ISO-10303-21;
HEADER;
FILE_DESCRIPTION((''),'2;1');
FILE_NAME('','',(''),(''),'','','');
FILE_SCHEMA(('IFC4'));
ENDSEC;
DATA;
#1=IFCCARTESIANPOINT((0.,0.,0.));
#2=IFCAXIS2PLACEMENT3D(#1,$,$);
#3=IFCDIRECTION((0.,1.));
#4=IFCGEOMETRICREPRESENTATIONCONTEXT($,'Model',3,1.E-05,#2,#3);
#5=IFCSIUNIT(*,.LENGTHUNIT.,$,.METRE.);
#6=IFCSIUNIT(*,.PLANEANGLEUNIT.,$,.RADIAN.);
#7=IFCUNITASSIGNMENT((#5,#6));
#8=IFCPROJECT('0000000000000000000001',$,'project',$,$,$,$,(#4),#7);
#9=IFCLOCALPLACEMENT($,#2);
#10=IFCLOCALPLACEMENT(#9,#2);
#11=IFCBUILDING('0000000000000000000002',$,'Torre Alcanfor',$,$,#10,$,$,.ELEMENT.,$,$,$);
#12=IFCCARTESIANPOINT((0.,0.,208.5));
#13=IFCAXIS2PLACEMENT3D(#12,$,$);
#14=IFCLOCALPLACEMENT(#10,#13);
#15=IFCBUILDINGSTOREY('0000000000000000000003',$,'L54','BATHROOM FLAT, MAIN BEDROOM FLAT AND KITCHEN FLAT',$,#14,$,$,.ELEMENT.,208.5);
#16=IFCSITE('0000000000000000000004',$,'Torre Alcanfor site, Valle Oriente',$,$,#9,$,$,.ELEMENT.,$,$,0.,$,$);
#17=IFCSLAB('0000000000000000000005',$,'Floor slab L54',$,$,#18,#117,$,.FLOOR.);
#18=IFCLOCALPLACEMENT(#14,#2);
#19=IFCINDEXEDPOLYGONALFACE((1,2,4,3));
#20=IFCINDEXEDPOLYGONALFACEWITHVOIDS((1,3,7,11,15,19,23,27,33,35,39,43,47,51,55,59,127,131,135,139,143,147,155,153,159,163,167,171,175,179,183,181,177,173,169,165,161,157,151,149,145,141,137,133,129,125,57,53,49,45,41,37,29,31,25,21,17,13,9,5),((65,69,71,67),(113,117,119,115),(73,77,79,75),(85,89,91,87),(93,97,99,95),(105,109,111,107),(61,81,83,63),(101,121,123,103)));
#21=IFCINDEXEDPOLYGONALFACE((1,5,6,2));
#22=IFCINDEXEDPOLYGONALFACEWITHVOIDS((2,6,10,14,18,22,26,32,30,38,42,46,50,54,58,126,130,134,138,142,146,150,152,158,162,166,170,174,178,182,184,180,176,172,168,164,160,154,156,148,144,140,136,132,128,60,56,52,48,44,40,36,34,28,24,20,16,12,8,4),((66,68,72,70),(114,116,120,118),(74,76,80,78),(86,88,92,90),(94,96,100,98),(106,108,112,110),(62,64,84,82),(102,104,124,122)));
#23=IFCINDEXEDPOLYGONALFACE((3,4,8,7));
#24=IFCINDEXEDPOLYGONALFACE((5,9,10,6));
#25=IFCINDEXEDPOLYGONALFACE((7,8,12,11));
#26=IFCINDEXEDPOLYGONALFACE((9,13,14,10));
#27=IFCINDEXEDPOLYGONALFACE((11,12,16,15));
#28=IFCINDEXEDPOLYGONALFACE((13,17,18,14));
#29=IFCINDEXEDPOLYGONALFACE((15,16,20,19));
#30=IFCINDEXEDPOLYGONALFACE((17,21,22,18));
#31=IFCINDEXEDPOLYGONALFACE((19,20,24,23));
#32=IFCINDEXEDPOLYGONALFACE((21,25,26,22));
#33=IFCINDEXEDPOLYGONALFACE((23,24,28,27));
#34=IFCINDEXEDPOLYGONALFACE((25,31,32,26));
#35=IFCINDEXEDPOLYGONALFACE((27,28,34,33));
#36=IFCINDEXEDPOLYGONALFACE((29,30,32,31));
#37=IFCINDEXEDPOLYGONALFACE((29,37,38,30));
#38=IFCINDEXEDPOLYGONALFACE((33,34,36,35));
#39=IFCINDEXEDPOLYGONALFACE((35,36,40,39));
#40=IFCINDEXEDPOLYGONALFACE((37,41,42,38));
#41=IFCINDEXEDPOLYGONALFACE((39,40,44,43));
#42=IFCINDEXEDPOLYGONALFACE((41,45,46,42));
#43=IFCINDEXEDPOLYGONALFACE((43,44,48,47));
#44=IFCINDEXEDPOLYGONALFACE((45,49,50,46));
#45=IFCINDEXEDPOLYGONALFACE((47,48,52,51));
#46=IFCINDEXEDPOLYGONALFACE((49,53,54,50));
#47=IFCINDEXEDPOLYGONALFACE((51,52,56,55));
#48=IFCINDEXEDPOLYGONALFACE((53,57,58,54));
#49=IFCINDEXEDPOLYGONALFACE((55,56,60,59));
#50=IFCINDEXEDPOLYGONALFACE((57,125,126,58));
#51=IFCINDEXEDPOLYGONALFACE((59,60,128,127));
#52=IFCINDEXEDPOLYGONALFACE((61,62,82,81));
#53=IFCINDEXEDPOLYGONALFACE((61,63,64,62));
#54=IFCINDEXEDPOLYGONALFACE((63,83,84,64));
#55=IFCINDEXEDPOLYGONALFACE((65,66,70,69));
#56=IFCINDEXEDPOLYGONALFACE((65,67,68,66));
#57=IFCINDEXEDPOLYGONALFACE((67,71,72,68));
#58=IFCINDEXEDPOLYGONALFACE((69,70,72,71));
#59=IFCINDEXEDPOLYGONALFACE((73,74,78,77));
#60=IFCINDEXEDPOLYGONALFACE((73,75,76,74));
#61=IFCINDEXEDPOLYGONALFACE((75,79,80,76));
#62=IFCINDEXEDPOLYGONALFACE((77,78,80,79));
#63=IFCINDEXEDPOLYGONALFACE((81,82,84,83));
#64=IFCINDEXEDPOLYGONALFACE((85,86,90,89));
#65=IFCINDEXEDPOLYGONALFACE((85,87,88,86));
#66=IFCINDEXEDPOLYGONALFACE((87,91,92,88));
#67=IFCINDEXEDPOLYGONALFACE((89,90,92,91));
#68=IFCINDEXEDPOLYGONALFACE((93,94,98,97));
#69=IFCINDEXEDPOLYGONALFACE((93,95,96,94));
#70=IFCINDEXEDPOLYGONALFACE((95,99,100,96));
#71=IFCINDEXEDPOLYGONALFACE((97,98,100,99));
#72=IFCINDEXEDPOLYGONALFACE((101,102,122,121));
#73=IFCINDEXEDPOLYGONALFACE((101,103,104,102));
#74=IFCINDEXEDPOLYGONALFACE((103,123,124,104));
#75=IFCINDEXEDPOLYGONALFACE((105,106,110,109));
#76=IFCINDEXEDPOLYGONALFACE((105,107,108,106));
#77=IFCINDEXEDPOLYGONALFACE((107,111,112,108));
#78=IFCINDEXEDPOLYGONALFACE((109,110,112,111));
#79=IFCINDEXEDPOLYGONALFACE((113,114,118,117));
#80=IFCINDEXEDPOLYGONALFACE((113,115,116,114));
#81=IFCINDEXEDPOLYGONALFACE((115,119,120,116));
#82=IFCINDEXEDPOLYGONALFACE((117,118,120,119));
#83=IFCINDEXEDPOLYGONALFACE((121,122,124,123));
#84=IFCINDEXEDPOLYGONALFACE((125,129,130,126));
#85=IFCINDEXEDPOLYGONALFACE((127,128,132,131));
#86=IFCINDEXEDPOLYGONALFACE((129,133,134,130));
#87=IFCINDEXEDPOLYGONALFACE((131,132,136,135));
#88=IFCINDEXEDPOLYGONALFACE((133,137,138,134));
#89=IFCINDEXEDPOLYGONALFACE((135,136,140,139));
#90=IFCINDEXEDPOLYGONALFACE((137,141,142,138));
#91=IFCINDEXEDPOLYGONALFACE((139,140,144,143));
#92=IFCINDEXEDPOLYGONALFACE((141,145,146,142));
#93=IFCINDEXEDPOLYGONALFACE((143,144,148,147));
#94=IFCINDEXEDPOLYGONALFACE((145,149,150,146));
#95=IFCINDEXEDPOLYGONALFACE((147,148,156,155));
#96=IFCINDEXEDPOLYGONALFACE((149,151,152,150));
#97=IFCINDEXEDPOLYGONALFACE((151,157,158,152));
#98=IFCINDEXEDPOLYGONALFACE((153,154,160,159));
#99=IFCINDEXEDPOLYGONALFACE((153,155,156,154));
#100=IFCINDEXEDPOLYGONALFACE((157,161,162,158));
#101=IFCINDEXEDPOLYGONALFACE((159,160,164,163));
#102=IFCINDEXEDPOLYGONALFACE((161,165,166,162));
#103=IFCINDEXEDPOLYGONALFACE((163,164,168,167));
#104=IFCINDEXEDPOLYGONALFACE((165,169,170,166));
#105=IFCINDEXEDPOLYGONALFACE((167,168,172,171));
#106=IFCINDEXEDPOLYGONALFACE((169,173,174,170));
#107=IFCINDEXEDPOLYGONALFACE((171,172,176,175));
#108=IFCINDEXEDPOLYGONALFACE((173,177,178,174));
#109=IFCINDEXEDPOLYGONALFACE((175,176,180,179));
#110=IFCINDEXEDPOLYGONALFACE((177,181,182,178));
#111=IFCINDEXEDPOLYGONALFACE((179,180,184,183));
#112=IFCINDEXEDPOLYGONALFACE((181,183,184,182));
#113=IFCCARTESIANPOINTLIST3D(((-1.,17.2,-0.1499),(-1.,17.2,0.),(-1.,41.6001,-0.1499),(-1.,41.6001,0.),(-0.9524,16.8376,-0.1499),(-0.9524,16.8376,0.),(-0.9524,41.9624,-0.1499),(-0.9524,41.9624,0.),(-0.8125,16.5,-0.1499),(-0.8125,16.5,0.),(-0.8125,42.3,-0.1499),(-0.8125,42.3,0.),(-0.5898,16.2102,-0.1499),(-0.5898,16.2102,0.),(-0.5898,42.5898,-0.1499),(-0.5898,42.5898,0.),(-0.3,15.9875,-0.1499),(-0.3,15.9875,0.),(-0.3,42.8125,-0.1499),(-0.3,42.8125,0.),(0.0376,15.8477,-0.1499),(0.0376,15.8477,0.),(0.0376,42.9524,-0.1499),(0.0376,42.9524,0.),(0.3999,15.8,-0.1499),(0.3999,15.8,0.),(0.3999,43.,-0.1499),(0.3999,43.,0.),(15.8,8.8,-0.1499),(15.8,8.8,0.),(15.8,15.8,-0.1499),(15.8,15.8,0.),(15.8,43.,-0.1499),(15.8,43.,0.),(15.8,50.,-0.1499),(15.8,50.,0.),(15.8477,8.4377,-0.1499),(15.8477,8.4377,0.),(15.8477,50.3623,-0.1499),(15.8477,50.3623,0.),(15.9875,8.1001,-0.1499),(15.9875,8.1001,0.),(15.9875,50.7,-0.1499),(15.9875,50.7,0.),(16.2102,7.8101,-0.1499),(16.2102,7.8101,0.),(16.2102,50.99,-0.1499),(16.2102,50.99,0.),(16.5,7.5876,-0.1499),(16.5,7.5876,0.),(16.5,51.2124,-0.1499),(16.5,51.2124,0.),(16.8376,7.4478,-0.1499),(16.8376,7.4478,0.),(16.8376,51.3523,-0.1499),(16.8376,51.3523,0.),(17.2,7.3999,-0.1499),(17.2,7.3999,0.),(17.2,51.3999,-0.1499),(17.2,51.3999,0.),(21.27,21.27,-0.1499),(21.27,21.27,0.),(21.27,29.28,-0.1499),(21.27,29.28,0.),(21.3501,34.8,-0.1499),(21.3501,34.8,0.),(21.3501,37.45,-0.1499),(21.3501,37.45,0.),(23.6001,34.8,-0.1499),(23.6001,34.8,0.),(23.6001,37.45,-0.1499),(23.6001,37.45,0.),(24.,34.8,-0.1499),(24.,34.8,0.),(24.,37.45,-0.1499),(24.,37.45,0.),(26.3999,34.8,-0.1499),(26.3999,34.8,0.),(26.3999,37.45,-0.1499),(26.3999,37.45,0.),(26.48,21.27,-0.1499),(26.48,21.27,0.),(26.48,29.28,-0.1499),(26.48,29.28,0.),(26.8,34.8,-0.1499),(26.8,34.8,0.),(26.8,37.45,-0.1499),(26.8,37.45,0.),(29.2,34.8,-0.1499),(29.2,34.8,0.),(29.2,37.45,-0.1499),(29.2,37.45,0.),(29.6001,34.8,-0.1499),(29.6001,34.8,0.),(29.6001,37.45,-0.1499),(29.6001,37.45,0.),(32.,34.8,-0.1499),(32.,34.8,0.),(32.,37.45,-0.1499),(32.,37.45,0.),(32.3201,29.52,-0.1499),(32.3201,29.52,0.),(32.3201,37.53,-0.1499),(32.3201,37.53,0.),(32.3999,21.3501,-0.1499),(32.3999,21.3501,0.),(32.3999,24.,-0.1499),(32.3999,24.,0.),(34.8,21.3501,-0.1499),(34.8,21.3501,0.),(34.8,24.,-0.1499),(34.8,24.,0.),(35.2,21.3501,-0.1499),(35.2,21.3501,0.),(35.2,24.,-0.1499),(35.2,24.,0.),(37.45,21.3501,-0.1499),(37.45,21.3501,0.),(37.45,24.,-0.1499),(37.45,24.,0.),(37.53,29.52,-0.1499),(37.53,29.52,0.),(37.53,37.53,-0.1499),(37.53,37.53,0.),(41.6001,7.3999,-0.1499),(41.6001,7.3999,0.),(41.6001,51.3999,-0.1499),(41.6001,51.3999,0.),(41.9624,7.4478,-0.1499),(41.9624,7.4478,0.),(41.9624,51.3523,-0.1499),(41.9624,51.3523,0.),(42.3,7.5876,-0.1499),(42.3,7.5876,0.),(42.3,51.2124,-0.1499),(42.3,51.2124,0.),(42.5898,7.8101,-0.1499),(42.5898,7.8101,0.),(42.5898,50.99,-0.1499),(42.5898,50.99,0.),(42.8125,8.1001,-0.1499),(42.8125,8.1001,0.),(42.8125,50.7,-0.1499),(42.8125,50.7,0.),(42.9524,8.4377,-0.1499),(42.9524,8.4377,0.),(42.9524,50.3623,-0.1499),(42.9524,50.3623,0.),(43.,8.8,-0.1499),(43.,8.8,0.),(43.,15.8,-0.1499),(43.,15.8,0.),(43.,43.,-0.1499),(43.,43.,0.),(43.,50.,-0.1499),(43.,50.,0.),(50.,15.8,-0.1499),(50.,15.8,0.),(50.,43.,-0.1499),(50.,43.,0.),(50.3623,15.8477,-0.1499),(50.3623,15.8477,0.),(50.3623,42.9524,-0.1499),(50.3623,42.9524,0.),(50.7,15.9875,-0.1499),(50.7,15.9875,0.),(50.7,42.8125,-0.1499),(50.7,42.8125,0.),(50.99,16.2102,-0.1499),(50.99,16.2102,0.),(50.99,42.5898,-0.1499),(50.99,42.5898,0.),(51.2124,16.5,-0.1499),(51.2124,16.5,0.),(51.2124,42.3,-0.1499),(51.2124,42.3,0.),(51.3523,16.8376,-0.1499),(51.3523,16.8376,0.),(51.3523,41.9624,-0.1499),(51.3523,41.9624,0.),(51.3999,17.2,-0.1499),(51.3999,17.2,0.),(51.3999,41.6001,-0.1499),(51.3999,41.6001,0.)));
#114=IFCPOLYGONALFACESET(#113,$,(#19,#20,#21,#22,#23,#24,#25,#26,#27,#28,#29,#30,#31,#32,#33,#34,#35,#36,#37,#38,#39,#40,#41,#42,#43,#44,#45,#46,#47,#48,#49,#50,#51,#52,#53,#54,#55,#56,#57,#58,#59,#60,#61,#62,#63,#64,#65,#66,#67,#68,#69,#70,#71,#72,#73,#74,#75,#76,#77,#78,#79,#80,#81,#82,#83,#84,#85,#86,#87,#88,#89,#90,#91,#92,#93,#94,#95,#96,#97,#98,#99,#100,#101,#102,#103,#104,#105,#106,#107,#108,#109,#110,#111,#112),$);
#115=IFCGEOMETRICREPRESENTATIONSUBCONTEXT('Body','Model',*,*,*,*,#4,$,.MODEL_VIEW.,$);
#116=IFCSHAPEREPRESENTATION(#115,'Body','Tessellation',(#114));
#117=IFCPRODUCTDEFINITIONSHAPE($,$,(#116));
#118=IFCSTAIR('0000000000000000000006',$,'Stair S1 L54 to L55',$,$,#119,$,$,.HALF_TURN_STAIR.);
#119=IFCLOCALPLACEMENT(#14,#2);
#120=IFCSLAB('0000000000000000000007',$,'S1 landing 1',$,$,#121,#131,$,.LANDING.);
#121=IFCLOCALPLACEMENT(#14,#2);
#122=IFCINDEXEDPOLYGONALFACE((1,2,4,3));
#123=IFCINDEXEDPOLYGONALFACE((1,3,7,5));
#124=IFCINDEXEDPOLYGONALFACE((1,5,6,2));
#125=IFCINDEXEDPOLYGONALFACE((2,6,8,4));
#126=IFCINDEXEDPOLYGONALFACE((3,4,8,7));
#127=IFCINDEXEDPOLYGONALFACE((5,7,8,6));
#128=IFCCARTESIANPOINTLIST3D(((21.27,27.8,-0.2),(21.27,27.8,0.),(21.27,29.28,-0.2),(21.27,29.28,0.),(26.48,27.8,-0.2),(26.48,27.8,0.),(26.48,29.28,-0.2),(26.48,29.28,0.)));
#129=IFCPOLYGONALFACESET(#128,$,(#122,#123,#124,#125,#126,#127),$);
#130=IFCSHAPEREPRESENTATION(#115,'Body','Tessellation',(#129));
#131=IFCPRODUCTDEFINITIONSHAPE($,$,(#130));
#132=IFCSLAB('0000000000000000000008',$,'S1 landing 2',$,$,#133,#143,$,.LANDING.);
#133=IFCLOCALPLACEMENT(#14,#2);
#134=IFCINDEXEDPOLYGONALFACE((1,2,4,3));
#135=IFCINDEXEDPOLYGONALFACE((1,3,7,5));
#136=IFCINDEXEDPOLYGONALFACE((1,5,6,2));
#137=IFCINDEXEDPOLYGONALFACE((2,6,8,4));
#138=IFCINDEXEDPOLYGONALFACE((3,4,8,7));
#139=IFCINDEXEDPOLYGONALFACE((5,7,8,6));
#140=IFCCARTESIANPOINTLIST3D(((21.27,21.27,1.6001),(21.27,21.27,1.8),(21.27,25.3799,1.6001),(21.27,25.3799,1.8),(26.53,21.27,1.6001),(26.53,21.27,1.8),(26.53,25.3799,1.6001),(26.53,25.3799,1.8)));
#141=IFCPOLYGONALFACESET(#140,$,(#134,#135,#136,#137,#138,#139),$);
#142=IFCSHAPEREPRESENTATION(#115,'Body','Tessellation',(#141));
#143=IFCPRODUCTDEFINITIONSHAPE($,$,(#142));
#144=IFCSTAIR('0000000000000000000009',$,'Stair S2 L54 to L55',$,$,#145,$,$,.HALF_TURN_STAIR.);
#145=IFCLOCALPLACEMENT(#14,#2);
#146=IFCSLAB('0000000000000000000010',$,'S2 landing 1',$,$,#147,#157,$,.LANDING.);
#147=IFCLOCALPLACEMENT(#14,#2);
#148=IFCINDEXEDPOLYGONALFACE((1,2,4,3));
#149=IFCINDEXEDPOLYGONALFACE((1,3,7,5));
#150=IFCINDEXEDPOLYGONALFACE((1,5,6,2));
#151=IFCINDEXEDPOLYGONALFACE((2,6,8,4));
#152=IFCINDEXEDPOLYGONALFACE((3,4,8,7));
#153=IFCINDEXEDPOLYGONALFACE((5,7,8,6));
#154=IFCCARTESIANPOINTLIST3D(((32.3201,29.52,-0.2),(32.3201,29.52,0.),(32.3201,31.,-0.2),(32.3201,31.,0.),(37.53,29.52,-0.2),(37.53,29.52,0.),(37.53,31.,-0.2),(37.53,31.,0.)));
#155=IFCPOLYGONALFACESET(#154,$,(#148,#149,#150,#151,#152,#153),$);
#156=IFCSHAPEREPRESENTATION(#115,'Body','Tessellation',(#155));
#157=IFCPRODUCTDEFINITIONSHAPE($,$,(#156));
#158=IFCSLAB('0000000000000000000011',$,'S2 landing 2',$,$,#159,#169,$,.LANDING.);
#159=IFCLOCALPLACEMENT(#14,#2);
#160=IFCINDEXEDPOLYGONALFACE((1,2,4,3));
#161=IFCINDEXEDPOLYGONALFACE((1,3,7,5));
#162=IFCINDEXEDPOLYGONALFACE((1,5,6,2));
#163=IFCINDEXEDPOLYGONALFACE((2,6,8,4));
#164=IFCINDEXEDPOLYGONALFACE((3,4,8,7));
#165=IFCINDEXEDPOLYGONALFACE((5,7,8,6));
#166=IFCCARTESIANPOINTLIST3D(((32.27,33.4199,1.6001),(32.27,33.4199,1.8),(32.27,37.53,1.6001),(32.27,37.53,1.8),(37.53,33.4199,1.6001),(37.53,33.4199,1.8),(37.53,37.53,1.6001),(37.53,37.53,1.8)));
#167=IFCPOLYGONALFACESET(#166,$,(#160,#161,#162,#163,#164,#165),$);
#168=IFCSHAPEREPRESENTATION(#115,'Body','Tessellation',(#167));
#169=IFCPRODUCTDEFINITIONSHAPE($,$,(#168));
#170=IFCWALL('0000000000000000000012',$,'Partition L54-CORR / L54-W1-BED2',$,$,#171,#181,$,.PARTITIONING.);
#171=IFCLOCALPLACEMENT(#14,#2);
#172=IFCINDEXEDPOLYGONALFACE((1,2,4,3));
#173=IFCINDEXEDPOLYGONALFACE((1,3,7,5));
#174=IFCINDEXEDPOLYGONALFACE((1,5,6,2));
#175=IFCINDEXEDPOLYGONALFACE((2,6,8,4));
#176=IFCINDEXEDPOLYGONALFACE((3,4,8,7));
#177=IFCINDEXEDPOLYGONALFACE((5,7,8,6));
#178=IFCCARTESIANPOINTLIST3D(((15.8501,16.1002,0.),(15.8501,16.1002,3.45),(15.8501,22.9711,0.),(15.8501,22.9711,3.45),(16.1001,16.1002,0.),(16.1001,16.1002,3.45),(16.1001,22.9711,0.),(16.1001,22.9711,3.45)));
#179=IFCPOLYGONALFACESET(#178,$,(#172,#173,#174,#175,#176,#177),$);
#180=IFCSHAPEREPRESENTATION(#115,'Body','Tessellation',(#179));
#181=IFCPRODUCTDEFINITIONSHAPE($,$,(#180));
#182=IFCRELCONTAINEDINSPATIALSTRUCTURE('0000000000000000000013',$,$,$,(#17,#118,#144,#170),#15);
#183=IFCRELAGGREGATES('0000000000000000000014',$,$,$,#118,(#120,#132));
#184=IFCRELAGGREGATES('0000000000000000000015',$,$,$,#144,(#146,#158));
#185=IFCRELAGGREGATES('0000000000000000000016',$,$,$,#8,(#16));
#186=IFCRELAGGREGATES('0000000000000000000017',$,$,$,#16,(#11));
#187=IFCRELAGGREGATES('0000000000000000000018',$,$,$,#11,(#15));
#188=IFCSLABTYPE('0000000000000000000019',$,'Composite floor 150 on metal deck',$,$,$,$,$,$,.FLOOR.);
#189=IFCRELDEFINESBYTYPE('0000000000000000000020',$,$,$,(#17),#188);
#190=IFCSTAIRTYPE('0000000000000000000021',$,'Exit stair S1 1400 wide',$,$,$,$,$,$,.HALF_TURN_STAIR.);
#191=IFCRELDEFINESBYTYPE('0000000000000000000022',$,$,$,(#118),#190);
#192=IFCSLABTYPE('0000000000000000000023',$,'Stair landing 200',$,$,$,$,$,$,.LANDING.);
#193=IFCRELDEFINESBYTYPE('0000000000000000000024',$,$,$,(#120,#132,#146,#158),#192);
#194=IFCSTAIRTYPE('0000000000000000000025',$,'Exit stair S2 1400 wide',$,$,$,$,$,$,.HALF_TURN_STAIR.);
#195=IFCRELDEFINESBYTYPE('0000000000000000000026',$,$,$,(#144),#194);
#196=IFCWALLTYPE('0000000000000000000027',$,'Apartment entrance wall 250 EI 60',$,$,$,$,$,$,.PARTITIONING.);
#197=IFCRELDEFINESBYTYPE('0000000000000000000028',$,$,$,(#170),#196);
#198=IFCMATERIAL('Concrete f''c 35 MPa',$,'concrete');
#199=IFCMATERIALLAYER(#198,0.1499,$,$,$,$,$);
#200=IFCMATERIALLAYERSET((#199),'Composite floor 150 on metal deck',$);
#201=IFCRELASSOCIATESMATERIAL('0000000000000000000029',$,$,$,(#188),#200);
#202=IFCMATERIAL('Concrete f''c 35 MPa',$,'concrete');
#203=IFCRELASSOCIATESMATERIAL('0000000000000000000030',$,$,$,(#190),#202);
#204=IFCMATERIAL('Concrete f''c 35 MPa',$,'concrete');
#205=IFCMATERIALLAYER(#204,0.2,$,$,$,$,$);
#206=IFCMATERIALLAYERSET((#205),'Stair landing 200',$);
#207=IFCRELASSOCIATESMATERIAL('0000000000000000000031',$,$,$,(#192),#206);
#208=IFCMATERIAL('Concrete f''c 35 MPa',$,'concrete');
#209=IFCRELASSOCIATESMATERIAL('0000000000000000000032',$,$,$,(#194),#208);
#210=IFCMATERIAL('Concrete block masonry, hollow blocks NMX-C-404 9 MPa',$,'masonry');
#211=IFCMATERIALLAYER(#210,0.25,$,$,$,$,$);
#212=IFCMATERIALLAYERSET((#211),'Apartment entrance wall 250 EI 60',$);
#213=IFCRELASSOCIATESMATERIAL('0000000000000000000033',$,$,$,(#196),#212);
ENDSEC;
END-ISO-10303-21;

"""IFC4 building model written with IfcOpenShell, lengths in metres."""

from ifc_helpers import new_model, si_unit, direction, frame, frame_2d, origin, place, context, subcontext, project, spatial, polyline, rectangle, outline, extrude, material, layer, layer_set, type_object, element, aggregate, save


model = new_model("IFC4")

# Units and contexts
model_context = context("Model", 3, precision=1e-05, world=origin(), true_north=direction((0.0, 1.0)))
body_context = subcontext(model_context, "Body", "Model", "MODEL_VIEW")
ifc_project = project(units=[si_unit("LENGTHUNIT", "METRE"), si_unit("PLANEANGLEUNIT", "RADIAN")], contexts=[model_context])

# Site, building, storey
site_placement = place(None, origin())
site = spatial("IfcSite", under=ifc_project, at=site_placement, Name="Torre Alcanfor site, Valle Oriente", CompositionType="ELEMENT", RefElevation=0.0)
building_placement = place(site_placement, origin())
building = spatial("IfcBuilding", under=site, at=building_placement, Name="Torre Alcanfor", CompositionType="ELEMENT")
storey_placement = place(building_placement, frame((0.0, 0.0, 208.5)))
storey = spatial("IfcBuildingStorey", under=building, at=storey_placement, Name="L54", Description="BATHROOM FLAT, MAIN BEDROOM FLAT AND KITCHEN FLAT", CompositionType="ELEMENT", Elevation=208.5)

# Slab
ifc_material_1 = material(Name="Concrete f'c 35 MPa", Category="concrete")
ifc_layer_1 = layer(ifc_material_1, 0.1499)
ifc_layer_set_1 = layer_set([ifc_layer_1], Name="Composite floor 150 on metal deck")
slab_type_1 = type_object("IfcSlabType", Name="Composite floor 150 on metal deck", PredefinedType="FLOOR", material=ifc_layer_set_1)
slab_1_placement = place(storey_placement, frame((0.0, 0.0, -0.1499)))
element("IfcSlab", 1, at=slab_1_placement, inside=storey, type_object=slab_type_1, Name="Floor slab L54", PredefinedType="FLOOR", context=body_context, shape_type="SweptSolid", body=[
    extrude(outline(polyline([(15.8, 43.0), (0.3999, 43.0), (0.0376, 42.9524), (-0.3, 42.8125), (-0.5898, 42.5898), (-0.8125, 42.3), (-0.9524, 41.9624), (-1.0, 41.6001), (-1.0, 17.2), (-0.9524, 16.8376), (-0.8125, 16.5), (-0.5898, 16.2102), (-0.3, 15.9875), (0.0376, 15.8477), (0.3999, 15.8), (15.8, 15.8), (15.8, 8.8), (15.8477, 8.4377), (15.9875, 8.1001), (16.2102, 7.8101), (16.5, 7.5876), (16.8376, 7.4478), (17.2, 7.3999), (41.6001, 7.3999), (41.9624, 7.4478), (42.3, 7.5876), (42.5898, 7.8101), (42.8125, 8.1001), (42.9524, 8.4377), (43.0, 8.8), (43.0, 15.8), (50.0, 15.8), (50.3623, 15.8477), (50.7, 15.9875), (50.99, 16.2102), (51.2124, 16.5), (51.3523, 16.8376), (51.3999, 17.2), (51.3999, 41.6001), (51.3523, 41.9624), (51.2124, 42.3), (50.99, 42.5898), (50.7, 42.8125), (50.3623, 42.9524), (50.0, 43.0), (43.0, 43.0), (43.0, 50.0), (42.9524, 50.3623), (42.8125, 50.7), (42.5898, 50.99), (42.3, 51.2124), (41.9624, 51.3523), (41.6001, 51.3999), (17.2, 51.3999), (16.8376, 51.3523), (16.5, 51.2124), (16.2102, 50.99), (15.9875, 50.7), (15.8477, 50.3623), (15.8, 50.0), (15.8, 43.0)]), holes=[polyline([(21.27, 21.27), (26.48, 21.27), (26.48, 29.28), (21.27, 29.28), (21.27, 21.27)]), polyline([(32.3201, 29.52), (37.53, 29.52), (37.53, 37.53), (32.3201, 37.53), (32.3201, 29.52)]), polyline([(32.3999, 21.3501), (34.8, 21.3501), (34.8, 24.0), (32.3999, 24.0), (32.3999, 21.3501)]), polyline([(35.2, 21.3501), (37.45, 21.3501), (37.45, 24.0), (35.2, 24.0), (35.2, 21.3501)]), polyline([(21.3501, 34.8), (23.6001, 34.8), (23.6001, 37.45), (21.3501, 37.45), (21.3501, 34.8)]), polyline([(24.0, 34.8), (26.3999, 34.8), (26.3999, 37.45), (24.0, 37.45), (24.0, 34.8)]), polyline([(26.8, 34.8), (29.2, 34.8), (29.2, 37.45), (26.8, 37.45), (26.8, 34.8)]), polyline([(29.6001, 34.8), (32.0, 34.8), (32.0, 37.45), (29.6001, 37.45), (29.6001, 34.8)])]), origin(), (0.0, 0.0, 1.0), 0.1499),
])

# Stairs, slabs
ifc_material_2 = material(Name="Concrete f'c 35 MPa", Category="concrete")
stair_type_1 = type_object("IfcStairType", Name="Exit stair S1 1400 wide", PredefinedType="HALF_TURN_STAIR", material=ifc_material_2)
stair_1_placement = place(storey_placement, origin())
stair_1 = element("IfcStair", 2, at=stair_1_placement, inside=storey, type_object=stair_type_1, Name="Stair S1 L54 to L55", PredefinedType="HALF_TURN_STAIR")
ifc_material_3 = material(Name="Concrete f'c 35 MPa", Category="concrete")
ifc_layer_2 = layer(ifc_material_3, 0.2)
ifc_layer_set_2 = layer_set([ifc_layer_2], Name="Stair landing 200")
slab_type_2 = type_object("IfcSlabType", Name="Stair landing 200", PredefinedType="LANDING", material=ifc_layer_set_2)
slab_2_placement = place(storey_placement, frame((0.0, 0.0, -0.2)))
slab_2 = element("IfcSlab", 3, at=slab_2_placement, type_object=slab_type_2, Name="S1 landing 1", PredefinedType="LANDING", context=body_context, shape_type="SweptSolid", body=[
    extrude(outline(polyline([(21.27, 27.8), (26.48, 27.8), (26.48, 29.28), (21.27, 29.28), (21.27, 27.8)])), origin(), (0.0, 0.0, 1.0), 0.2),
])
slab_3_placement = place(storey_placement, frame((0.0, 0.0, 1.6001)))
slab_3 = element("IfcSlab", 4, at=slab_3_placement, type_object=slab_type_2, Name="S1 landing 2", PredefinedType="LANDING", context=body_context, shape_type="SweptSolid", body=[
    extrude(outline(polyline([(21.27, 21.27), (26.53, 21.27), (26.53, 25.3799), (21.27, 25.3799), (21.27, 21.27)])), origin(), (0.0, 0.0, 1.0), 0.2),
])
aggregate(stair_1, [slab_2, slab_3])
ifc_material_4 = material(Name="Concrete f'c 35 MPa", Category="concrete")
stair_type_2 = type_object("IfcStairType", Name="Exit stair S2 1400 wide", PredefinedType="HALF_TURN_STAIR", material=ifc_material_4)
stair_2_placement = place(storey_placement, origin())
stair_2 = element("IfcStair", 5, at=stair_2_placement, inside=storey, type_object=stair_type_2, Name="Stair S2 L54 to L55", PredefinedType="HALF_TURN_STAIR")
slab_4_placement = place(storey_placement, frame((0.0, 0.0, -0.2)))
slab_4 = element("IfcSlab", 6, at=slab_4_placement, type_object=slab_type_2, Name="S2 landing 1", PredefinedType="LANDING", context=body_context, shape_type="SweptSolid", body=[
    extrude(outline(polyline([(32.3201, 29.52), (37.53, 29.52), (37.53, 31.0), (32.3201, 31.0), (32.3201, 29.52)])), origin(), (0.0, 0.0, 1.0), 0.2),
])
slab_5_placement = place(storey_placement, frame((0.0, 0.0, 1.6001)))
slab_5 = element("IfcSlab", 7, at=slab_5_placement, type_object=slab_type_2, Name="S2 landing 2", PredefinedType="LANDING", context=body_context, shape_type="SweptSolid", body=[
    extrude(outline(polyline([(32.27, 33.4199), (37.53, 33.4199), (37.53, 37.53), (32.27, 37.53), (32.27, 33.4199)])), origin(), (0.0, 0.0, 1.0), 0.2),
])
aggregate(stair_2, [slab_4, slab_5])

# Wall
ifc_material_5 = material(Name="Concrete block masonry, hollow blocks NMX-C-404 9 MPa", Category="masonry")
ifc_layer_3 = layer(ifc_material_5, 0.25)
ifc_layer_set_3 = layer_set([ifc_layer_3], Name="Apartment entrance wall 250 EI 60")
wall_type_1 = type_object("IfcWallType", Name="Apartment entrance wall 250 EI 60", PredefinedType="PARTITIONING", material=ifc_layer_set_3)
wall_1_placement = place(storey_placement, frame((15.9751, 16.1001, 0.0), z_axis=(0.0, 0.0, 1.0), x_axis=(0.0, 1.0, 0.0)))
element("IfcWall", 8, at=wall_1_placement, inside=storey, type_object=wall_type_1, Name="Partition L54-CORR / L54-W1-BED2", PredefinedType="PARTITIONING", context=body_context, shape_type="SweptSolid", body=[
    extrude(rectangle(XDim=6.8708, YDim=0.25, at=frame_2d((3.4355, 0.0))), origin(), (0.0, 0.0, 1.0), 3.45),
])

save(model, "model.ifc")
